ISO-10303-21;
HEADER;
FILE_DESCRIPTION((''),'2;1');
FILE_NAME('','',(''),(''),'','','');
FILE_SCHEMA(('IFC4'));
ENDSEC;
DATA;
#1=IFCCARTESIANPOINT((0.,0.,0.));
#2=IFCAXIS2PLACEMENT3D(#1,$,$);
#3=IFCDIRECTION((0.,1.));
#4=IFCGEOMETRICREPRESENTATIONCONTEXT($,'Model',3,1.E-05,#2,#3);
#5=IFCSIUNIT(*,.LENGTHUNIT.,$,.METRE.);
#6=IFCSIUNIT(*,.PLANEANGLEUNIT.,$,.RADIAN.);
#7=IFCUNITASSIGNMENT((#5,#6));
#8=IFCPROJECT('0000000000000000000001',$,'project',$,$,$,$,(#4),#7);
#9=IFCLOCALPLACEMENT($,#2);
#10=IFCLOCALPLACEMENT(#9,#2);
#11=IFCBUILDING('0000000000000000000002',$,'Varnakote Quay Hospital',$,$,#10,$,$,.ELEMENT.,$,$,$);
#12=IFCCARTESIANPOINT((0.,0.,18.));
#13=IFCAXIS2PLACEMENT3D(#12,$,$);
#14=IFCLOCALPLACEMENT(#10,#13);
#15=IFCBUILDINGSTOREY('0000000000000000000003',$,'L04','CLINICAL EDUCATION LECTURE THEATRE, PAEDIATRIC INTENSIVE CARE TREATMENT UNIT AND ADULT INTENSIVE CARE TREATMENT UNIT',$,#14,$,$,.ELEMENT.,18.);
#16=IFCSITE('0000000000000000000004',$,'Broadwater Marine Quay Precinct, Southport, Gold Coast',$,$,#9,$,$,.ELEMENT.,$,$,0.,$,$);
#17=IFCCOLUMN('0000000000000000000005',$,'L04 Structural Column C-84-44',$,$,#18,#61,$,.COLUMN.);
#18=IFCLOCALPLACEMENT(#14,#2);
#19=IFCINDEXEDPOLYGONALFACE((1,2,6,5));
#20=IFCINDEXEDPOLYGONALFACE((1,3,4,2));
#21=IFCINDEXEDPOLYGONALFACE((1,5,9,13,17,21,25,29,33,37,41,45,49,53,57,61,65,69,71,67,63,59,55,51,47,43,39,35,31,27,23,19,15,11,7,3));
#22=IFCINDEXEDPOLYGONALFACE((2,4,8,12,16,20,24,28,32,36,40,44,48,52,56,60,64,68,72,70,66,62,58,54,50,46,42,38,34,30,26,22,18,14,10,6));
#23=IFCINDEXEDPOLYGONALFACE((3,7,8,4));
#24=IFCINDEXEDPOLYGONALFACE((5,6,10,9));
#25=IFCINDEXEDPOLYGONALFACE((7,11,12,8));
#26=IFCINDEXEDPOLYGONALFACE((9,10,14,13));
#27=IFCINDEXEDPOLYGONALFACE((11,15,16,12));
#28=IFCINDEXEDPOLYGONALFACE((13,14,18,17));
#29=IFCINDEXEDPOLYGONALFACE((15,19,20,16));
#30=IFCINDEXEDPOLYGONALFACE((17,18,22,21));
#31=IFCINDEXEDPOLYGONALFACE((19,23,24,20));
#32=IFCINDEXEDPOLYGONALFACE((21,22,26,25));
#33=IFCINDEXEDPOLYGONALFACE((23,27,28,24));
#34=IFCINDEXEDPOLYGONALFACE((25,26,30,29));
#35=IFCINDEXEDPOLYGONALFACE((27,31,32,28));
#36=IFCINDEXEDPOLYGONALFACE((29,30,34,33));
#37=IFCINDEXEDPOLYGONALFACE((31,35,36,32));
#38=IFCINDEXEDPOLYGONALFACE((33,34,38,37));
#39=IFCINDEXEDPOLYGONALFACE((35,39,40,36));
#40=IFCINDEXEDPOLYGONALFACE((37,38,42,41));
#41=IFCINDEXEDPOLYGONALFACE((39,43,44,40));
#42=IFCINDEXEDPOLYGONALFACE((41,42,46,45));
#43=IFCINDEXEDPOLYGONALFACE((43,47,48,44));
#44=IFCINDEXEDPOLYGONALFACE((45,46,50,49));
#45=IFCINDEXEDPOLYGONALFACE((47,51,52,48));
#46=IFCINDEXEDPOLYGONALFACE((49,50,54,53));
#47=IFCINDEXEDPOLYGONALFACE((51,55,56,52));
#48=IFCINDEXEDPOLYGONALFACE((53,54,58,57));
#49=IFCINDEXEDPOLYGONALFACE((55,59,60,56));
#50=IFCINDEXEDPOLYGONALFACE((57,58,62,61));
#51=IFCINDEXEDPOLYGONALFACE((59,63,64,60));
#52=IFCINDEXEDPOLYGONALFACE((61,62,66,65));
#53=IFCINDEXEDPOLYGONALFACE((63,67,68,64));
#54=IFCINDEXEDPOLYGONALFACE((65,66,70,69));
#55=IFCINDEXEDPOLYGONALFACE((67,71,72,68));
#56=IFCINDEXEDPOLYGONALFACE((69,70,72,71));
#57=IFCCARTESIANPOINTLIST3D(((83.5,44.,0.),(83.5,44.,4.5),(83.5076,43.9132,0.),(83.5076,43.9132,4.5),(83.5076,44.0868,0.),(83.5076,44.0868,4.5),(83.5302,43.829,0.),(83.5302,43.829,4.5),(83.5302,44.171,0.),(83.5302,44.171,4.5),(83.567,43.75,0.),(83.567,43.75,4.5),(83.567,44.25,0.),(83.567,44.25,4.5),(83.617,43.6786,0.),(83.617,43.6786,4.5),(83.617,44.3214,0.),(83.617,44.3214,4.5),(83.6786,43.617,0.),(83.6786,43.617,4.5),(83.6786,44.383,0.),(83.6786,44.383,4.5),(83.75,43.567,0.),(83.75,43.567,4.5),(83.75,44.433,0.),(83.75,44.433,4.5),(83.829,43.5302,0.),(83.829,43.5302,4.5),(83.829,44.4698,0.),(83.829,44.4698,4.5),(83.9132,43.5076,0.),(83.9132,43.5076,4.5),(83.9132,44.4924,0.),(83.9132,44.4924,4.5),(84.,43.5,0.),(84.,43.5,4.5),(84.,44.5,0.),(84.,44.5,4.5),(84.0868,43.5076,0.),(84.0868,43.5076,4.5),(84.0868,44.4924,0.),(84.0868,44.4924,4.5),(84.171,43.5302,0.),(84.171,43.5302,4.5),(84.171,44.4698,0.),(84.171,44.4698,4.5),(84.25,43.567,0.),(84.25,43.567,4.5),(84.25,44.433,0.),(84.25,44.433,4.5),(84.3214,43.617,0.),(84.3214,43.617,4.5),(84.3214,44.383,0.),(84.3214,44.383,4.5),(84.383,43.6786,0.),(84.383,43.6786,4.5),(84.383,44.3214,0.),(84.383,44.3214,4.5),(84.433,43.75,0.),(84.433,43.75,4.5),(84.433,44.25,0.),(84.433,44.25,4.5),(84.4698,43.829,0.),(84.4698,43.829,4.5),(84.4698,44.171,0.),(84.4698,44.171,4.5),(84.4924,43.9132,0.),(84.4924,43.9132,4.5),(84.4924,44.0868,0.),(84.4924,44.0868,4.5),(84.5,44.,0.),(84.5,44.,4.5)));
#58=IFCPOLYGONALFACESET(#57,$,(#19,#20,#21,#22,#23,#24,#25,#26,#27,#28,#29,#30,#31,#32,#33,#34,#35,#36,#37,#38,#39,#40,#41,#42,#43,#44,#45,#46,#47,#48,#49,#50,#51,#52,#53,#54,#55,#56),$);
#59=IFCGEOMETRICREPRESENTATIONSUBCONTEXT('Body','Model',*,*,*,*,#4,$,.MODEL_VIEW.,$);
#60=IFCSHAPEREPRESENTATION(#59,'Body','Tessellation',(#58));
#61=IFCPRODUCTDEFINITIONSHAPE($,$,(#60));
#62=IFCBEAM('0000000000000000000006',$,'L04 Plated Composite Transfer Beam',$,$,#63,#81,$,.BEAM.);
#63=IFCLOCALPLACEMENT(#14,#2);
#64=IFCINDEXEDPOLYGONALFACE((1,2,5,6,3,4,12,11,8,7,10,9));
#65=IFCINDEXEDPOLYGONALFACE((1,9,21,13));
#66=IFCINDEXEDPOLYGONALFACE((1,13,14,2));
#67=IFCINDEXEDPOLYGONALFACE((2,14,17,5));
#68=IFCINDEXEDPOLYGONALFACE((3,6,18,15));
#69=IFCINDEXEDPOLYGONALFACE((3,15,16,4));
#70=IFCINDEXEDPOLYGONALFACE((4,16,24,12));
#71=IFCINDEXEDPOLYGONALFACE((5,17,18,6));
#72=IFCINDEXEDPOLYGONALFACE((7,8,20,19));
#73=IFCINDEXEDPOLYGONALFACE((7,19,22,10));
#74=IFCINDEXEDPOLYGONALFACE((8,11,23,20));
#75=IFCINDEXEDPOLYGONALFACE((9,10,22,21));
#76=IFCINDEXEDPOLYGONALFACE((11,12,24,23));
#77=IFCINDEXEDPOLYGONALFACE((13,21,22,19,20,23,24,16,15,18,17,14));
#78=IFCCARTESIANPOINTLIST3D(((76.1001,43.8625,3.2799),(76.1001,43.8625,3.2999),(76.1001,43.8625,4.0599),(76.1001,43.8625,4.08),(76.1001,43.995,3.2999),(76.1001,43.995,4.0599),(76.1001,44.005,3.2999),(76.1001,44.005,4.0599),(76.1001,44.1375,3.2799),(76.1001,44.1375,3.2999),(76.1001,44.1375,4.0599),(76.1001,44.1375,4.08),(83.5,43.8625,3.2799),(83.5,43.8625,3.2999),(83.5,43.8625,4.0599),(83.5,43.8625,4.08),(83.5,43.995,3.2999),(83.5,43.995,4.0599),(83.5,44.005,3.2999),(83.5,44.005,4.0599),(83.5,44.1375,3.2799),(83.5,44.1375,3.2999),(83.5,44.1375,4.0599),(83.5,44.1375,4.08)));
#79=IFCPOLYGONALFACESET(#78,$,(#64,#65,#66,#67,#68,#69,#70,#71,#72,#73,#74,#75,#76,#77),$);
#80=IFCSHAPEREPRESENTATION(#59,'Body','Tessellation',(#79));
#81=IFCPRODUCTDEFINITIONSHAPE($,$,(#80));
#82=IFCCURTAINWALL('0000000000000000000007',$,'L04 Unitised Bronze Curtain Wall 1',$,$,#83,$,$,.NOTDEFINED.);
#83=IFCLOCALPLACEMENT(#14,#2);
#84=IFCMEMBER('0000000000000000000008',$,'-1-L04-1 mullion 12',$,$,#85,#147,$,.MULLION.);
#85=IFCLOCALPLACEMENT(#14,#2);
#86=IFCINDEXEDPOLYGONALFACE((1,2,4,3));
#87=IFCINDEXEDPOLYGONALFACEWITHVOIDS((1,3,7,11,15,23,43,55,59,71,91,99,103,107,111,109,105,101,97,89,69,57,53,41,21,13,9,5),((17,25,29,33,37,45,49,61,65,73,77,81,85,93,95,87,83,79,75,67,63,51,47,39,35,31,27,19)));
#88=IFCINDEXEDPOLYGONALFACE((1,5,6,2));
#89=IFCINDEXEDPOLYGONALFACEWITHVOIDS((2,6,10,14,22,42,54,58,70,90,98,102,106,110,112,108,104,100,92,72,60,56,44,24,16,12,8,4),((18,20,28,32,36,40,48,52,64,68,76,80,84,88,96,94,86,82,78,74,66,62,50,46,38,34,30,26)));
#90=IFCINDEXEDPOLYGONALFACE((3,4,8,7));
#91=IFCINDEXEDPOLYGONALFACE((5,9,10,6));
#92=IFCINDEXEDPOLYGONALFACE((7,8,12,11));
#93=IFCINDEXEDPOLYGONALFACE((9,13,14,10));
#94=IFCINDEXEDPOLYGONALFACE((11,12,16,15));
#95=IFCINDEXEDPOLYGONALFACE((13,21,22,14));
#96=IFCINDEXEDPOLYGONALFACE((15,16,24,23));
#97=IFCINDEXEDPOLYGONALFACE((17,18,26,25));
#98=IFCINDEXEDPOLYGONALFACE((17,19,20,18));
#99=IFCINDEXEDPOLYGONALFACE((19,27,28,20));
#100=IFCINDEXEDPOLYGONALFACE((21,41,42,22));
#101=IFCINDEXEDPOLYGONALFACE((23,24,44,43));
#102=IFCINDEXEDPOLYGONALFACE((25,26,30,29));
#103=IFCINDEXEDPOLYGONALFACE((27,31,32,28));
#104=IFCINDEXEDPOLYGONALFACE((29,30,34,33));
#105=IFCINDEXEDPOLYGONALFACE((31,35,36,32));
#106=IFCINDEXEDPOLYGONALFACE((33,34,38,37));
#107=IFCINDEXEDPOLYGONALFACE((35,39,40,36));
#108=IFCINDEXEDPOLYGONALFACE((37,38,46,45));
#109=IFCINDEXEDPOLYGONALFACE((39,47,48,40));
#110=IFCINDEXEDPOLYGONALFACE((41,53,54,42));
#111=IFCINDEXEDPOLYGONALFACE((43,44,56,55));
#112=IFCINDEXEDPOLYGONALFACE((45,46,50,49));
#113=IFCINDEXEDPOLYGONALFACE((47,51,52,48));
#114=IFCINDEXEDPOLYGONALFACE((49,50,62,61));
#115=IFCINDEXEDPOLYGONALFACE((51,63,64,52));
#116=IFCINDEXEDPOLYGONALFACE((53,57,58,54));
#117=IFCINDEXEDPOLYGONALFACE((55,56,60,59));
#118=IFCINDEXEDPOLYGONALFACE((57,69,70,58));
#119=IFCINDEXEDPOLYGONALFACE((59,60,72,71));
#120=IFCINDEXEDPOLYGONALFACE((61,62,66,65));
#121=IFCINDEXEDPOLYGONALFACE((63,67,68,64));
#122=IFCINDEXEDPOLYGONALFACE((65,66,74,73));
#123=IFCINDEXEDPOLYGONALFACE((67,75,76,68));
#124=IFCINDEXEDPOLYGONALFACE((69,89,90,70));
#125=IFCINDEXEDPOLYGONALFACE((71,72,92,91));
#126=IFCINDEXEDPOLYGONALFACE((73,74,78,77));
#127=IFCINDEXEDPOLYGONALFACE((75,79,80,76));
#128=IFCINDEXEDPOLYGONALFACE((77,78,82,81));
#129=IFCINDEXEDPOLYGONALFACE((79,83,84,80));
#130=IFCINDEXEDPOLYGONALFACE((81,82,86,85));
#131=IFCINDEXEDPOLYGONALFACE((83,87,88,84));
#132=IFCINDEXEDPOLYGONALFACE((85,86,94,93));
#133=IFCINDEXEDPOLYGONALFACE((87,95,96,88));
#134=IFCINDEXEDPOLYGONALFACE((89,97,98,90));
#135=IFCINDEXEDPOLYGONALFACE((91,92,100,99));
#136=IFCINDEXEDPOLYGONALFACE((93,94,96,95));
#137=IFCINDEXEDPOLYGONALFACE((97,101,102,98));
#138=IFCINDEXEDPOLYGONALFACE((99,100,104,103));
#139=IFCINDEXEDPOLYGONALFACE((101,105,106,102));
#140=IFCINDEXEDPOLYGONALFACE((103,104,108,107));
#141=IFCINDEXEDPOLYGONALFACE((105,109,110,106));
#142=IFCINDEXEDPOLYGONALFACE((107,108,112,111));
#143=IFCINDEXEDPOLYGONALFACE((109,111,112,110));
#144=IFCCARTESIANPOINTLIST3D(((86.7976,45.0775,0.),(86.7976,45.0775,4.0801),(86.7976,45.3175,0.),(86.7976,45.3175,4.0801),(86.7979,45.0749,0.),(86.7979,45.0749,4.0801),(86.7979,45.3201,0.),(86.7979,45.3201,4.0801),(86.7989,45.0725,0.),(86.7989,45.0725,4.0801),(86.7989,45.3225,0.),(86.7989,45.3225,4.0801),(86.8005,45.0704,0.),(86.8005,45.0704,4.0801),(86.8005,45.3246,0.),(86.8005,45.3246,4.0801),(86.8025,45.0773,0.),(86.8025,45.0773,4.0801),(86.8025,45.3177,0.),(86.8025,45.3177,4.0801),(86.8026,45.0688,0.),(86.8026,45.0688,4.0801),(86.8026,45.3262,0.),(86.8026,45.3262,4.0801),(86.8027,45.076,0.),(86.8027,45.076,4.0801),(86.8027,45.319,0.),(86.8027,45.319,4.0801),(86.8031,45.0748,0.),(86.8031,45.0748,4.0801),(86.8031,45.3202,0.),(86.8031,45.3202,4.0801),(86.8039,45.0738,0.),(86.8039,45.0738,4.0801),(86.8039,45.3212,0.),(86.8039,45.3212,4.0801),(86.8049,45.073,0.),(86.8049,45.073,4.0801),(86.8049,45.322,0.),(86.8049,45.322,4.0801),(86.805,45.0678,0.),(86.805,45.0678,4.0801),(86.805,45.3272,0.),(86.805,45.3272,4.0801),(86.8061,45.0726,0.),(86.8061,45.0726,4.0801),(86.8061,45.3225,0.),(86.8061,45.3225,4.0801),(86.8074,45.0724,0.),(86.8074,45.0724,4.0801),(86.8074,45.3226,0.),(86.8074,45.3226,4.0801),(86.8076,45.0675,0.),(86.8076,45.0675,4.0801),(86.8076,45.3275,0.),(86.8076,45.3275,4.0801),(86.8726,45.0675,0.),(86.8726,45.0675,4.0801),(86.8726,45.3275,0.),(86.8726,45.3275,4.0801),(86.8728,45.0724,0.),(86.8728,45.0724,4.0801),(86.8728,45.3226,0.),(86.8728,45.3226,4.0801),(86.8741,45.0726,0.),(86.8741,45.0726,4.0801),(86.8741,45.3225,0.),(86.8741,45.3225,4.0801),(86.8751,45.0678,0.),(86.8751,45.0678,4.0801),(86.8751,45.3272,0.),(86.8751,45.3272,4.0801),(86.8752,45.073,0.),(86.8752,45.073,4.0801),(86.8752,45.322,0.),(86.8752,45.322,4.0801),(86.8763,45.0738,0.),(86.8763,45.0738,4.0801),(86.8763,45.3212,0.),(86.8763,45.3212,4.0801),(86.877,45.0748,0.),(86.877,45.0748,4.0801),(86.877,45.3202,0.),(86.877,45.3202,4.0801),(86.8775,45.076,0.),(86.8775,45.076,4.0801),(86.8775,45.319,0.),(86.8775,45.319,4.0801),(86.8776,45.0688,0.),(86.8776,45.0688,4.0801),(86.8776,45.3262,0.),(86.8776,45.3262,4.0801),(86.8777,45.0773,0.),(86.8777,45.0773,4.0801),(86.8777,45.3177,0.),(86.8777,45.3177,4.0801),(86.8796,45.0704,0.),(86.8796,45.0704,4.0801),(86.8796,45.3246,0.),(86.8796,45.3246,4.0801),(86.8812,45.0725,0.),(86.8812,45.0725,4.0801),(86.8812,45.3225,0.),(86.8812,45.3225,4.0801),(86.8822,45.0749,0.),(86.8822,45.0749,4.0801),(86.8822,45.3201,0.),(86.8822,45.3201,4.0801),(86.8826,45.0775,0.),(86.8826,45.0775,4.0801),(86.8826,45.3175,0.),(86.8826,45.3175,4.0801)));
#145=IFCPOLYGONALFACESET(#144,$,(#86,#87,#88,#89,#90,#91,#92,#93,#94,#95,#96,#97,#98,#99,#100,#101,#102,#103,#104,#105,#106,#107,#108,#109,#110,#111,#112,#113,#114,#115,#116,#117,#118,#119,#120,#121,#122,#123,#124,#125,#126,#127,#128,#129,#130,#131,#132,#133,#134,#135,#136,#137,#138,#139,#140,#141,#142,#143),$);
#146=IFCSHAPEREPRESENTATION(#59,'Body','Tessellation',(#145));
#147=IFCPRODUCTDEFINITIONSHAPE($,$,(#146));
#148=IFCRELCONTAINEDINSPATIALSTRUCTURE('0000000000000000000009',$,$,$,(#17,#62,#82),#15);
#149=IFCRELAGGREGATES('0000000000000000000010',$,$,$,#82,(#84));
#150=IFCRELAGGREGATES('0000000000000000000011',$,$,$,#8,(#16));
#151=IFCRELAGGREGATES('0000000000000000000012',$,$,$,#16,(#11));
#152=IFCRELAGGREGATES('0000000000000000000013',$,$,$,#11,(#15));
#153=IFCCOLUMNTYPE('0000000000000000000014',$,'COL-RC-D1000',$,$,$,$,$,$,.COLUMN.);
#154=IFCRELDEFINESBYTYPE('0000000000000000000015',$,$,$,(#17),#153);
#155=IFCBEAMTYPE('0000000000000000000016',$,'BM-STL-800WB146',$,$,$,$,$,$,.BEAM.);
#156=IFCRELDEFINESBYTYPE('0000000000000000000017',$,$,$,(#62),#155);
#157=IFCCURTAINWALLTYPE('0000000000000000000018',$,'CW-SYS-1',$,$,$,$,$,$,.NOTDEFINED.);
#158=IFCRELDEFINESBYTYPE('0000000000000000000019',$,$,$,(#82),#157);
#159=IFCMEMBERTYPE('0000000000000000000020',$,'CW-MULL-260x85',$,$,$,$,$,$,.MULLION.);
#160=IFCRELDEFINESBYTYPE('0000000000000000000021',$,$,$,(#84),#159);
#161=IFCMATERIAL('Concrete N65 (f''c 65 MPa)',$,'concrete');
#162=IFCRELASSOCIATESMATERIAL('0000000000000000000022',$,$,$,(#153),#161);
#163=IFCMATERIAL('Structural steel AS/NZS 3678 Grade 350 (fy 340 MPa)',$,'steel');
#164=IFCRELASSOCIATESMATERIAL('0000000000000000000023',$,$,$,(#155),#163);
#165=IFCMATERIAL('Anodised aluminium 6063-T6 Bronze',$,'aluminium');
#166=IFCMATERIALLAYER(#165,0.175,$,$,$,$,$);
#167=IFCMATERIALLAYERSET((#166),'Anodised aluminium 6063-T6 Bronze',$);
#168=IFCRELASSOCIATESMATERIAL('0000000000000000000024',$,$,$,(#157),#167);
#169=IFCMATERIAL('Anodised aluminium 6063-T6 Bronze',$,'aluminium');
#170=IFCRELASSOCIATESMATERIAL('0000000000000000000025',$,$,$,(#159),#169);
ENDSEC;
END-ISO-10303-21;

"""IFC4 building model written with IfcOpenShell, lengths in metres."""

from ifc_helpers import new_model, si_unit, direction, frame, origin, origin_2d, place, context, subcontext, project, spatial, hollow_rectangle, circle, i_section, extrude, material, layer, layer_set, material_profile, profile_set, type_object, element, aggregate, save


model = new_model("IFC4")

# Units and contexts
model_context = context("Model", 3, precision=1e-05, world=origin(), true_north=direction((0.0, 1.0)))
body_context = subcontext(model_context, "Body", "Model", "MODEL_VIEW")
ifc_project = project(units=[si_unit("LENGTHUNIT", "METRE"), si_unit("PLANEANGLEUNIT", "RADIAN")], contexts=[model_context])

# Site, building, storey
site_placement = place(None, origin())
site = spatial("IfcSite", under=ifc_project, at=site_placement, Name="Broadwater Marine Quay Precinct, Southport, Gold Coast", CompositionType="ELEMENT", RefElevation=0.0)
building_placement = place(site_placement, origin())
building = spatial("IfcBuilding", under=site, at=building_placement, Name="Varnakote Quay Hospital", CompositionType="ELEMENT")
storey_placement = place(building_placement, frame((0.0, 0.0, 18.0)))
storey = spatial("IfcBuildingStorey", under=building, at=storey_placement, Name="L04", Description="CLINICAL EDUCATION LECTURE THEATRE, PAEDIATRIC INTENSIVE CARE TREATMENT UNIT AND ADULT INTENSIVE CARE TREATMENT UNIT", CompositionType="ELEMENT", Elevation=18.0)

# Column
ifc_material_1 = material(Name="Concrete N65 (f'c 65 MPa)", Category="concrete")
ifc_material_profile_1 = material_profile(ifc_material_1, circle(Radius=0.5, at=origin_2d()), Name="RC-COL-D1000")
ifc_profile_set_1 = profile_set([ifc_material_profile_1], Name="Concrete N65 (f'c 65 MPa)")
column_type = type_object("IfcColumnType", Name="COL-RC-D1000", PredefinedType="COLUMN", material=ifc_profile_set_1)
column_placement = place(storey_placement, frame((84.0, 44.0, 0.0), z_axis=(0.0, 0.0, 1.0), x_axis=(1.0, 0.0, 0.0)))
element("IfcColumn", 1, at=column_placement, inside=storey, type_object=column_type, Name="L04 Structural Column C-84-44", PredefinedType="COLUMN", context=body_context, shape_type="SweptSolid", body=[
    extrude(circle(Radius=0.5, at=origin_2d()), origin(), (0.0, 0.0, 1.0), 4.5),
])

# Beam
ifc_material_2 = material(Name="Structural steel AS/NZS 3678 Grade 350 (fy 340 MPa)", Category="steel")
ifc_material_profile_2 = material_profile(ifc_material_2, i_section(OverallWidth=0.2749, OverallDepth=0.8, WebThickness=0.01, FlangeThickness=0.02, at=origin_2d()), Name="800WB146")
ifc_profile_set_2 = profile_set([ifc_material_profile_2], Name="Structural steel AS/NZS 3678 Grade 350 (fy 340 MPa)")
beam_type = type_object("IfcBeamType", Name="BM-STL-800WB146", PredefinedType="BEAM", material=ifc_profile_set_2)
beam_placement = place(storey_placement, frame((76.1001, 44.0, 3.6799), z_axis=(1.0, 0.0, 0.0), x_axis=(0.0, 1.0, 0.0)))
element("IfcBeam", 2, at=beam_placement, inside=storey, type_object=beam_type, Name="L04 Plated Composite Transfer Beam", PredefinedType="BEAM", context=body_context, shape_type="SweptSolid", body=[
    extrude(i_section(OverallWidth=0.2749, OverallDepth=0.8, WebThickness=0.01, FlangeThickness=0.02, at=origin_2d()), origin(), (0.0, 0.0, 1.0), 7.3999),
])

# Curtain wall, member
ifc_material_3 = material(Name="Anodised aluminium 6063-T6 Bronze", Category="aluminium")
ifc_layer_1 = layer(ifc_material_3, 0.175)
ifc_layer_set_1 = layer_set([ifc_layer_1], Name="Anodised aluminium 6063-T6 Bronze")
curtain_wall_type = type_object("IfcCurtainWallType", Name="CW-SYS-1", PredefinedType="NOTDEFINED", material=ifc_layer_set_1)
curtain_wall_1_placement = place(storey_placement, origin())
curtain_wall_1 = element("IfcCurtainWall", 3, at=curtain_wall_1_placement, inside=storey, type_object=curtain_wall_type, Name="L04 Unitised Bronze Curtain Wall 1", PredefinedType="NOTDEFINED")
ifc_material_4 = material(Name="Anodised aluminium 6063-T6 Bronze", Category="aluminium")
ifc_material_profile_3 = material_profile(ifc_material_4, hollow_rectangle(XDim=0.085, YDim=0.26, WallThickness=0.0049, InnerFilletRadius=0.0049, OuterFilletRadius=0.01, at=origin_2d()), Name="CW-MULL-260x85")
ifc_profile_set_3 = profile_set([ifc_material_profile_3], Name="Anodised aluminium 6063-T6 Bronze")
member_type_1 = type_object("IfcMemberType", Name="CW-MULL-260x85", PredefinedType="MULLION", material=ifc_profile_set_3)
member_1_placement = place(storey_placement, frame((86.8401, 45.1975, 0.0), z_axis=(0.0, 0.0, 1.0), x_axis=(-1.0, 0.0, 0.0)))
member_1 = element("IfcMember", 4, at=member_1_placement, type_object=member_type_1, Name="-1-L04-1 mullion 12", PredefinedType="MULLION", context=body_context, shape_type="SweptSolid", body=[
    extrude(hollow_rectangle(XDim=0.085, YDim=0.26, WallThickness=0.0049, InnerFilletRadius=0.0049, OuterFilletRadius=0.01, at=origin_2d()), origin(), (0.0, 0.0, 1.0), 4.0801),
])
aggregate(curtain_wall_1, [member_1])

save(model, "model.ifc")
